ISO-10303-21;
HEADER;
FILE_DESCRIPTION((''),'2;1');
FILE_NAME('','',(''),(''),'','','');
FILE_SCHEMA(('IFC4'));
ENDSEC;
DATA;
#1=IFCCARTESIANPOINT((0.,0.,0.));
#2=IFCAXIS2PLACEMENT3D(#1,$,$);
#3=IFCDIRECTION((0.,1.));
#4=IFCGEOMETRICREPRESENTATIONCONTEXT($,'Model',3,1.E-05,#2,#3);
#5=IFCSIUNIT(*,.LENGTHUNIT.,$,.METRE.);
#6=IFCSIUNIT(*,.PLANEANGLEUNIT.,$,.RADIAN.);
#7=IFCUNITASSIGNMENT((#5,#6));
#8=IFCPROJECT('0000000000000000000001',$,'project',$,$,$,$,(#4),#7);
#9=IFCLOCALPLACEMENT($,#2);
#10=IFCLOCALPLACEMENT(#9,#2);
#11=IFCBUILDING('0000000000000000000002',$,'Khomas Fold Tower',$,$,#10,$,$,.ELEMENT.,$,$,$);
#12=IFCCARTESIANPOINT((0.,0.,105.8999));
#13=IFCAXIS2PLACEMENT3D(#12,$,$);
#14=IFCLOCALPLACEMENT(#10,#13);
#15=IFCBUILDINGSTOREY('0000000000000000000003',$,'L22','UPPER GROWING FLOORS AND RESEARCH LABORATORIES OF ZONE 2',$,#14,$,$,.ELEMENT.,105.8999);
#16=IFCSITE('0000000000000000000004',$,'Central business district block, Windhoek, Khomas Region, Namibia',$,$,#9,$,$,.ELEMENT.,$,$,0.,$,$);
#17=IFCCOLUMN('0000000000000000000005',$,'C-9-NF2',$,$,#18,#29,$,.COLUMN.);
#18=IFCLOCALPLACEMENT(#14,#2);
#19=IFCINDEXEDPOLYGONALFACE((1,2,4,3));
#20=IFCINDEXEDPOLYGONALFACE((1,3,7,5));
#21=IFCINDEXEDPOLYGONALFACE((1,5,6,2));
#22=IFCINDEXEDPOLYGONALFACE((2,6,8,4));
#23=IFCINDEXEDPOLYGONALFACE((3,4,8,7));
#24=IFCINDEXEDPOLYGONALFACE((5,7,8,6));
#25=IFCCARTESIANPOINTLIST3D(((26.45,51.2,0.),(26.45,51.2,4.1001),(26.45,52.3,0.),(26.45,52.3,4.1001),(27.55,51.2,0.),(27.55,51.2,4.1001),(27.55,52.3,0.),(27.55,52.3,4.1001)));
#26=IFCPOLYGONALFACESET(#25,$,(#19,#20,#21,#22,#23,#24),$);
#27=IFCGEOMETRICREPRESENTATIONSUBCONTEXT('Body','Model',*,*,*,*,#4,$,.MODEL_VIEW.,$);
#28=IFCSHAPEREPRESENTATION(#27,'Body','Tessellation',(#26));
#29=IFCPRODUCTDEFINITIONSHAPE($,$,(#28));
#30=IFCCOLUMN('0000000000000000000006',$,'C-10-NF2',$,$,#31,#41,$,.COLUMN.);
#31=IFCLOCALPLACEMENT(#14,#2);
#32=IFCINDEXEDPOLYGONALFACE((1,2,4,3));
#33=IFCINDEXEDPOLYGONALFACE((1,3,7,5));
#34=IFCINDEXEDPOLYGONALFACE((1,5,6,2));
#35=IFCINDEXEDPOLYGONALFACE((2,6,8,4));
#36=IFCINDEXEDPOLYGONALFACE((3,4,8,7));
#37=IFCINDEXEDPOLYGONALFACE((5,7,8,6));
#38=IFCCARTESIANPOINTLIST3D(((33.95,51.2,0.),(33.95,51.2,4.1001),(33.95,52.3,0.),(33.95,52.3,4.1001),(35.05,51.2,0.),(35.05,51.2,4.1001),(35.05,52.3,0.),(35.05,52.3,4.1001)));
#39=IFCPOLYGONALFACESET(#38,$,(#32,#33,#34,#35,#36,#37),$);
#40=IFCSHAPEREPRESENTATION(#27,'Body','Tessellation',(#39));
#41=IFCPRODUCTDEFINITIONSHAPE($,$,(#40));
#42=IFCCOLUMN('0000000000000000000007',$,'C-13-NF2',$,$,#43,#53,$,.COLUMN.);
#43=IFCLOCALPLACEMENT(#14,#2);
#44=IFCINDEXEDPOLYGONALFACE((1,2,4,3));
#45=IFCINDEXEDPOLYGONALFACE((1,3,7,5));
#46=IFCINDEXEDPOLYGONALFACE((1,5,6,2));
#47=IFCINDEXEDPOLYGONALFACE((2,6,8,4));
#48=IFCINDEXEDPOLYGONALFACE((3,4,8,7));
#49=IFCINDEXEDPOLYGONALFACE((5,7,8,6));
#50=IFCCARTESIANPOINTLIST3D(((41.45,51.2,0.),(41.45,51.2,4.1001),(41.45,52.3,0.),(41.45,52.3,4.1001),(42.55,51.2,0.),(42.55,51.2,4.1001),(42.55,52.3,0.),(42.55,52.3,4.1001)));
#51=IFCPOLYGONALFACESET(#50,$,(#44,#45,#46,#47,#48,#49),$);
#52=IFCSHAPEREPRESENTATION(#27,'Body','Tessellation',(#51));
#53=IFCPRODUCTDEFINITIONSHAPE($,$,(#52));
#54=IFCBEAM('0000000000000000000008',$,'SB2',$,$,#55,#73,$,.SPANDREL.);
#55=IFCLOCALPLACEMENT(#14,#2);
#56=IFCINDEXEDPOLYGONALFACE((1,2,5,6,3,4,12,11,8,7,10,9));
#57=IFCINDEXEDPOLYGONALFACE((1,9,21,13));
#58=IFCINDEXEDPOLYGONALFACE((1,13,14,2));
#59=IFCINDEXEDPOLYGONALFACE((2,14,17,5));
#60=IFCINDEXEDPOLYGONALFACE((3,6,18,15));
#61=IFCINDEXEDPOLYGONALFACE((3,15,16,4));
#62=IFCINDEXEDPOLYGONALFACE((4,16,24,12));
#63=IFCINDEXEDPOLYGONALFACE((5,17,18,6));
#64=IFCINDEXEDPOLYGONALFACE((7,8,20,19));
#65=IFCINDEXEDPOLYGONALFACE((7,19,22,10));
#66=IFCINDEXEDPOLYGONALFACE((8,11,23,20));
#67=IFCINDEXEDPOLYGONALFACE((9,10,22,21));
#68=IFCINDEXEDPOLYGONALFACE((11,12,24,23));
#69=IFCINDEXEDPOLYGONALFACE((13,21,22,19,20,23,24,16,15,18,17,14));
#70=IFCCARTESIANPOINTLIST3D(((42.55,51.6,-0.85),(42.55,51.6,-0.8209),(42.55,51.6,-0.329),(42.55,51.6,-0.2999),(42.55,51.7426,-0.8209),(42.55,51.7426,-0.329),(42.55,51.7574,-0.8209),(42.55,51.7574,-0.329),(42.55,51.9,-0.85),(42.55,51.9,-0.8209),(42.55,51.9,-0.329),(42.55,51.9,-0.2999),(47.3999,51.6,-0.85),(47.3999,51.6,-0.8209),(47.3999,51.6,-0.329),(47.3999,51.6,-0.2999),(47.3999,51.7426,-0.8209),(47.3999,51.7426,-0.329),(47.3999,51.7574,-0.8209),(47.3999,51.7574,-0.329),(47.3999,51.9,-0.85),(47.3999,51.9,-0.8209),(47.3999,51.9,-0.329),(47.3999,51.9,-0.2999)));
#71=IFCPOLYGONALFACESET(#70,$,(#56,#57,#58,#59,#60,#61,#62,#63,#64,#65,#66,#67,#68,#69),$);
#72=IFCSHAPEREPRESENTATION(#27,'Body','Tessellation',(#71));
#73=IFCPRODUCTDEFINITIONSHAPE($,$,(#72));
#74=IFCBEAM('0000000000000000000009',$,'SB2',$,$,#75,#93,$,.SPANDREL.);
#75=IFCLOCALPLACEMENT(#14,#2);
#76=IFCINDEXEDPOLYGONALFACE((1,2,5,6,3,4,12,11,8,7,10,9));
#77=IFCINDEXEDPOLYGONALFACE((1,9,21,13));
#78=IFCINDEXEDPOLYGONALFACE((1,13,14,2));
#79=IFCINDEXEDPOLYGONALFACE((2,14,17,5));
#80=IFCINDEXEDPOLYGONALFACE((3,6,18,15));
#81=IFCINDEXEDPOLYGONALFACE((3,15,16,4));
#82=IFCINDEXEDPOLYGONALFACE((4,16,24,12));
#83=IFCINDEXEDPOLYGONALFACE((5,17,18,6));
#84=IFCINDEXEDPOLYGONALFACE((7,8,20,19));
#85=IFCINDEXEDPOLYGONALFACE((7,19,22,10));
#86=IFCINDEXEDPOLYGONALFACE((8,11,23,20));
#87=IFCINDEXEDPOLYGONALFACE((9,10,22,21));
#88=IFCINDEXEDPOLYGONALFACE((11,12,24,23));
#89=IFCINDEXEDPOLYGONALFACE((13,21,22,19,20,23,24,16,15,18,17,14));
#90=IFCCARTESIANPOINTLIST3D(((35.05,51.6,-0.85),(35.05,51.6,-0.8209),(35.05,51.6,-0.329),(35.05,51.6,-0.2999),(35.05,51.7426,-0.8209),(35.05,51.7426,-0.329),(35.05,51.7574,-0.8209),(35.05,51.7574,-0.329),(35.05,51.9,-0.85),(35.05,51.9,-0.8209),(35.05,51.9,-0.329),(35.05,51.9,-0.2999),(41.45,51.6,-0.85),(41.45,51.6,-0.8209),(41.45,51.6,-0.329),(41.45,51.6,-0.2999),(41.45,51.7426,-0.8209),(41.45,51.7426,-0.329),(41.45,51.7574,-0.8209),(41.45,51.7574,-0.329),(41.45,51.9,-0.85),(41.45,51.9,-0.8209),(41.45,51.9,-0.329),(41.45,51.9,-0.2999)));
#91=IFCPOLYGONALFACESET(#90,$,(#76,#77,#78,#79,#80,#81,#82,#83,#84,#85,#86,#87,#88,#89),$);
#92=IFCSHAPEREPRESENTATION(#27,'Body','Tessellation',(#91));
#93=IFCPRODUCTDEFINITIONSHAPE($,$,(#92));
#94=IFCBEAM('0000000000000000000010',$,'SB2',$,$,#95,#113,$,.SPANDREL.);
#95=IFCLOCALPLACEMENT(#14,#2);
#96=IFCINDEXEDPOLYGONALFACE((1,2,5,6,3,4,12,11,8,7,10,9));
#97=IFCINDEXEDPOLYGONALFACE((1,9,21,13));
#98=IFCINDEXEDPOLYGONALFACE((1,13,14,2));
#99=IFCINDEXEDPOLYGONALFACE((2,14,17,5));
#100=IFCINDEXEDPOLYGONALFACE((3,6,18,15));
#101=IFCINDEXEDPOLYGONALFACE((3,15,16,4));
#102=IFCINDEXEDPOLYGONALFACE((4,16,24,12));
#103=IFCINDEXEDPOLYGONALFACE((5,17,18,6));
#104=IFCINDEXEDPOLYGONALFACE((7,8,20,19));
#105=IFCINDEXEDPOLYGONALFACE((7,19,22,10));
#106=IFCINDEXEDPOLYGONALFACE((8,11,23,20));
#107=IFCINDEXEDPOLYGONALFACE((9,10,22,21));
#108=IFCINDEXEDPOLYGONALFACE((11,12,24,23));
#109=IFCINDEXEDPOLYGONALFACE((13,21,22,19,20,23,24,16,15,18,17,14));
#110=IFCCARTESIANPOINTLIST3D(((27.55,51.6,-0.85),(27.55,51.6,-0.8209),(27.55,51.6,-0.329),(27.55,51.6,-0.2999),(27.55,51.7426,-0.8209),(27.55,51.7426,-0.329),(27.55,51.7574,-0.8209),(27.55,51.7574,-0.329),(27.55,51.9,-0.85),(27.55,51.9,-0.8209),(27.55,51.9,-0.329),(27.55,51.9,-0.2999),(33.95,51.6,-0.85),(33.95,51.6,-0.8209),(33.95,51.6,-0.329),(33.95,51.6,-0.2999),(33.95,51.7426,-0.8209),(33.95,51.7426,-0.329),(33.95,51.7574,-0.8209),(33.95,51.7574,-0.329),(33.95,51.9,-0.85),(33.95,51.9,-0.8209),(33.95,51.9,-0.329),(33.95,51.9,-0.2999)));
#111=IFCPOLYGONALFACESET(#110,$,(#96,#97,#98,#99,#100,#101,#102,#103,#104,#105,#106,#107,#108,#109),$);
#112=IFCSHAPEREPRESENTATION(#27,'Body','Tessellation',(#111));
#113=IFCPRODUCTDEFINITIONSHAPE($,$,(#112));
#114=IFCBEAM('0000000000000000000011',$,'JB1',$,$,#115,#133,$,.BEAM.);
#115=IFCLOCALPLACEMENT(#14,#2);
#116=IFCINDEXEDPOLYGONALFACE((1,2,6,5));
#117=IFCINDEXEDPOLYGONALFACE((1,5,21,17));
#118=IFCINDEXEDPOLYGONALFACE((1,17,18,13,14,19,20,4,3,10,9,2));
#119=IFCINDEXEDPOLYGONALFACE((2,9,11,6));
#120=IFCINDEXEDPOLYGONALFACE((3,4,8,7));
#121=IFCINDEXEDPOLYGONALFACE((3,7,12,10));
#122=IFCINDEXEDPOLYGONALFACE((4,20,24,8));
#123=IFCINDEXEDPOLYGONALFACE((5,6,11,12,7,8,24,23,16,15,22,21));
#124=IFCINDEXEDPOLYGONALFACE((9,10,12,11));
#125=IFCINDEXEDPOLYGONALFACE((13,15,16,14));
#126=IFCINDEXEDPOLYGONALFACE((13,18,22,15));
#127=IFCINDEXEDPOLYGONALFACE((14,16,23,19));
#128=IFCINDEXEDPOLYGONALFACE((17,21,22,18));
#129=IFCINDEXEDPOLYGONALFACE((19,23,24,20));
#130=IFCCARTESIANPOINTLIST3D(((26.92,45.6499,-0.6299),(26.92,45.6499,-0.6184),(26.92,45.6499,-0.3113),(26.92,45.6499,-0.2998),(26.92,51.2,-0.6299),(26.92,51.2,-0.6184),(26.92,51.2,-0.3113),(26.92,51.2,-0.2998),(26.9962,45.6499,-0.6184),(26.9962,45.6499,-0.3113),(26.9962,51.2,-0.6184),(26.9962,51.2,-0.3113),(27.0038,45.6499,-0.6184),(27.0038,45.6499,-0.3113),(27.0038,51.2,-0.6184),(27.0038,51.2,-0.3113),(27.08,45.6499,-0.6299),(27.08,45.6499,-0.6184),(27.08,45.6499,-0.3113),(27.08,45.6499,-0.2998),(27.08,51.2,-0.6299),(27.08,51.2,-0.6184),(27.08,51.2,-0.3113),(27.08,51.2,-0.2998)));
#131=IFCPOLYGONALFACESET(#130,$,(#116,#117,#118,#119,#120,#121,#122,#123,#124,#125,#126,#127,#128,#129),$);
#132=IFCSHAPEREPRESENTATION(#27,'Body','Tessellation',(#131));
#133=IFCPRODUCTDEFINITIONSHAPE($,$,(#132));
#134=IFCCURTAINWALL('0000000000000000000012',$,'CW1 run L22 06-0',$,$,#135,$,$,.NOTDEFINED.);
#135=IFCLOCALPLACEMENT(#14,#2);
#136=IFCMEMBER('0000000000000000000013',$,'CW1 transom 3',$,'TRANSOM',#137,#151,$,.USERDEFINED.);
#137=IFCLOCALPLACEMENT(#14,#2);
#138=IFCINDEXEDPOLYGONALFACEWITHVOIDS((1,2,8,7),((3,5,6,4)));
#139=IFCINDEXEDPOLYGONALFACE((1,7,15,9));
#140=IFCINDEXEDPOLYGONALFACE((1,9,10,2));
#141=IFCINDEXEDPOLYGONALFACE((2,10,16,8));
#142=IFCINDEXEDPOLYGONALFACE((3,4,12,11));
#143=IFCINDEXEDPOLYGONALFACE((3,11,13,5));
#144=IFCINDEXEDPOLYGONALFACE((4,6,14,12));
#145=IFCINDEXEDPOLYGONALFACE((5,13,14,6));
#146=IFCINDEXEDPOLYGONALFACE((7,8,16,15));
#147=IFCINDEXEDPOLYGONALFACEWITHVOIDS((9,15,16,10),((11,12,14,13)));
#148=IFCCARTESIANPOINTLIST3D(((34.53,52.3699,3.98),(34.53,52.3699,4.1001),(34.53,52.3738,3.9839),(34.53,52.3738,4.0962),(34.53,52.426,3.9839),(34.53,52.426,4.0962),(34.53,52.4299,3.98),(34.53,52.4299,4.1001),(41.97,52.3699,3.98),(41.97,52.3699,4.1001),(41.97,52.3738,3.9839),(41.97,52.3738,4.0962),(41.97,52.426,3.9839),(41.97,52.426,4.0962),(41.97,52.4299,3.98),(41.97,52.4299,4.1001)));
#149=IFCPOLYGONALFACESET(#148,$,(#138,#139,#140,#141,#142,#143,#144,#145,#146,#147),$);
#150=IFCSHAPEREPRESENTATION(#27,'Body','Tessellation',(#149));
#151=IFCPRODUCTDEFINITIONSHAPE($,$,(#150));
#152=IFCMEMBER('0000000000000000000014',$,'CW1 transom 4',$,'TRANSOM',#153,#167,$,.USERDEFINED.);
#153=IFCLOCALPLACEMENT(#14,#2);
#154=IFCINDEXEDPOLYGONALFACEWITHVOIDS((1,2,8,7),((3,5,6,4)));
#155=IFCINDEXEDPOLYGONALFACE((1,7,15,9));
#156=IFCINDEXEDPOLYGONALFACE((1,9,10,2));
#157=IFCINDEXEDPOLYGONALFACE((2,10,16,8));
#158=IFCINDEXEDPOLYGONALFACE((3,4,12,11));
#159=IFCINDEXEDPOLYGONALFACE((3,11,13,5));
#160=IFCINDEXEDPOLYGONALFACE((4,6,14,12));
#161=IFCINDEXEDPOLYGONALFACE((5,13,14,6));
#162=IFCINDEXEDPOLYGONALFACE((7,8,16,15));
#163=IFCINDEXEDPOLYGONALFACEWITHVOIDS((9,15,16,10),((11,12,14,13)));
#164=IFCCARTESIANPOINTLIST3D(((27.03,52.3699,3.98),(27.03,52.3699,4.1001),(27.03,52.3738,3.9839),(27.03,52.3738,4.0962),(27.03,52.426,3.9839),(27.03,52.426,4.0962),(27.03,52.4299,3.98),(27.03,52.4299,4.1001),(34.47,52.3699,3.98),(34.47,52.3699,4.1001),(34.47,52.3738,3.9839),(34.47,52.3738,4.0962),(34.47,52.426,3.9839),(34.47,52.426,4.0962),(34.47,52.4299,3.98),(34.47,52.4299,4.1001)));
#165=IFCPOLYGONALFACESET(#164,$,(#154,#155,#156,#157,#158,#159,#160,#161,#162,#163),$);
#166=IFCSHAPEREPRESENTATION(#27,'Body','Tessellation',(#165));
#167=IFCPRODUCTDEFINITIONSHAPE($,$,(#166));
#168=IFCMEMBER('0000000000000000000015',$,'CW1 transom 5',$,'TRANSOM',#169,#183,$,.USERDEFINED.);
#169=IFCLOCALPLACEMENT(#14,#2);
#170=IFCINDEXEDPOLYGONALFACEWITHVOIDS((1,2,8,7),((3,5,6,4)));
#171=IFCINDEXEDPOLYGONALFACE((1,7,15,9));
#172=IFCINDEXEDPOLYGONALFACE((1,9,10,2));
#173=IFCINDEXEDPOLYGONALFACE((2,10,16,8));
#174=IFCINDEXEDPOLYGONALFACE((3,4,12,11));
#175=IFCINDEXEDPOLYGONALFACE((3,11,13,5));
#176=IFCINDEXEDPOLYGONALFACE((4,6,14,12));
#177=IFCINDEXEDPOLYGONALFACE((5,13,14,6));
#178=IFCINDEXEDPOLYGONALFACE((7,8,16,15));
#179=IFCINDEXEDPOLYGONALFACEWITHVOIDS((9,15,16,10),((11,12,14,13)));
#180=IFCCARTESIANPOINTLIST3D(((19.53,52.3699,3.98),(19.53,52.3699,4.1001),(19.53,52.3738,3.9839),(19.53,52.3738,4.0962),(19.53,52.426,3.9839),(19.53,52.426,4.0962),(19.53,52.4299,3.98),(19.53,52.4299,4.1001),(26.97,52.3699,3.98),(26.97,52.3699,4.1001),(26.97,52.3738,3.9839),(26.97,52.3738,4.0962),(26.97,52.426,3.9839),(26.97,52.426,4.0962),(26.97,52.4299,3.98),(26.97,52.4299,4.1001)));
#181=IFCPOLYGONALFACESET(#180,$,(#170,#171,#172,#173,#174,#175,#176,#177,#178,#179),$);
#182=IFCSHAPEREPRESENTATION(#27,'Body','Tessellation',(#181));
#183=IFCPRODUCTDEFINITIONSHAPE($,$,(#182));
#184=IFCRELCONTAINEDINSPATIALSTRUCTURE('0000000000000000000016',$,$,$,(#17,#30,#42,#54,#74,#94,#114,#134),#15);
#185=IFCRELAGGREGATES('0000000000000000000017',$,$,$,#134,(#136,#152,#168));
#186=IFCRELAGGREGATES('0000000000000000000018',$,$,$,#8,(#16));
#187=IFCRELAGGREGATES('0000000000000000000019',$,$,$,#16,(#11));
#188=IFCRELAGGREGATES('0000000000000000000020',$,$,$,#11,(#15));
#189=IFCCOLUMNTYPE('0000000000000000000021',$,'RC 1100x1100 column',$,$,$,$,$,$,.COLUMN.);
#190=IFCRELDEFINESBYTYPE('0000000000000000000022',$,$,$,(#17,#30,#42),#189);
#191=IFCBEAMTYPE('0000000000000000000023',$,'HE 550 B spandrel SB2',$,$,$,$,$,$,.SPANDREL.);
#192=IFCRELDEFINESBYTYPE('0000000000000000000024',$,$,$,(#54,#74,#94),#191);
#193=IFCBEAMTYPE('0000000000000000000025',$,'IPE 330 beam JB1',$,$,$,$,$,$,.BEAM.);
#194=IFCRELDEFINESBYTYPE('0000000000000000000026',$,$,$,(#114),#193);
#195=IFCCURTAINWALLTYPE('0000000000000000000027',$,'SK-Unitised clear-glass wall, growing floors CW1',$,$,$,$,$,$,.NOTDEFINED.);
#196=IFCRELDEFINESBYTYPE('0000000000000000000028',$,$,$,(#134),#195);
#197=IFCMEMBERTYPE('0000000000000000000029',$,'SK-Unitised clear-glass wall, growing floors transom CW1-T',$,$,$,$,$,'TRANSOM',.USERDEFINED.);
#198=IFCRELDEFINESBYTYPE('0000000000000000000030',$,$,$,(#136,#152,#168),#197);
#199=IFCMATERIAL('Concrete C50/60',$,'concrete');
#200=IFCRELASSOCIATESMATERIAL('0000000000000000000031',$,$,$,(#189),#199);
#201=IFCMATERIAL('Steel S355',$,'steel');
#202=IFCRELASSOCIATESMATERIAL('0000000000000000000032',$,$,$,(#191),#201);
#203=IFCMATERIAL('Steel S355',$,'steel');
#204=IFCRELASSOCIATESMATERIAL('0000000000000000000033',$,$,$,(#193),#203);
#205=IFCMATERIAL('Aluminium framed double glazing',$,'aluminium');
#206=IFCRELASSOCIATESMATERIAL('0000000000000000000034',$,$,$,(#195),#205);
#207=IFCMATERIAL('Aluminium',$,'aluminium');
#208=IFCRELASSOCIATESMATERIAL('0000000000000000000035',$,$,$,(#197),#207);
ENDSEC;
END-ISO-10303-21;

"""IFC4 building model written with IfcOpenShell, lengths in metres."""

from ifc_helpers import new_model, si_unit, direction, frame, origin, origin_2d, place, context, subcontext, project, spatial, rectangle, hollow_rectangle, i_section, extrude, source, transform, mapped, material, material_profile, profile_set, type_object, element, aggregate, save


model = new_model("IFC4")

# Units and contexts
model_context = context("Model", 3, precision=1e-05, world=origin(), true_north=direction((0.0, 1.0)))
body_context = subcontext(model_context, "Body", "Model", "MODEL_VIEW")
ifc_project = project(units=[si_unit("LENGTHUNIT", "METRE"), si_unit("PLANEANGLEUNIT", "RADIAN")], contexts=[model_context])

# Site, building, storey
site_placement = place(None, origin())
site = spatial("IfcSite", under=ifc_project, at=site_placement, Name="Central business district block, Windhoek, Khomas Region, Namibia", CompositionType="ELEMENT", RefElevation=0.0)
building_placement = place(site_placement, origin())
building = spatial("IfcBuilding", under=site, at=building_placement, Name="Khomas Fold Tower", CompositionType="ELEMENT")
storey_placement = place(building_placement, frame((0.0, 0.0, 105.8999)))
storey = spatial("IfcBuildingStorey", under=building, at=storey_placement, Name="L22", Description="UPPER GROWING FLOORS AND RESEARCH LABORATORIES OF ZONE 2", CompositionType="ELEMENT", Elevation=105.8999)

# Columns
ifc_material_1 = material(Name="Concrete C50/60", Category="concrete")
ifc_material_profile_1 = material_profile(ifc_material_1, rectangle(XDim=1.1001, YDim=1.1001, at=origin_2d()), Name="RC 1100x1100")
ifc_profile_set_1 = profile_set([ifc_material_profile_1], Name="Concrete C50/60")
column_type = type_object("IfcColumnType", Name="RC 1100x1100 column", PredefinedType="COLUMN", material=ifc_profile_set_1)
shared_shape_1 = source(origin(), body_context, "Body", "SweptSolid", [
    extrude(rectangle(XDim=1.1001, YDim=1.1001, at=origin_2d()), origin(), (0.0, 0.0, 1.0), 4.1001),
])
for number, where, z_axis, x_axis, name in (
    (1, (27.0, 51.75, 0.0), (0.0, 0.0, 1.0), (1.0, 0.0, 0.0), "C-9-NF2"),
    (2, (34.5, 51.75, 0.0), (0.0, 0.0, 1.0), (1.0, 0.0, 0.0), "C-10-NF2"),
    (3, (42.0, 51.75, 0.0), (0.0, 0.0, 1.0), (1.0, 0.0, 0.0), "C-13-NF2"),
):
    element("IfcColumn", number, at=place(storey_placement, frame(where, z_axis=z_axis, x_axis=x_axis)), inside=storey, type_object=column_type, Name=name, PredefinedType="COLUMN", context=body_context, shape_type="MappedRepresentation", body=[
        mapped(shared_shape_1, transform((0.0, 0.0, 0.0))),
    ])

# Beams
ifc_material_2 = material(Name="Steel S355", Category="steel")
ifc_material_profile_2 = material_profile(ifc_material_2, i_section(OverallWidth=0.3, OverallDepth=0.55, WebThickness=0.0149, FlangeThickness=0.0291, at=origin_2d()), Name="HE 550 B")
ifc_profile_set_2 = profile_set([ifc_material_profile_2], Name="Steel S355")
beam_type_1 = type_object("IfcBeamType", Name="HE 550 B spandrel SB2", PredefinedType="SPANDREL", material=ifc_profile_set_2)
shared_shape_2 = source(origin(), body_context, "Body", "SweptSolid", [
    extrude(i_section(OverallWidth=0.3, OverallDepth=0.55, WebThickness=0.0149, FlangeThickness=0.0291, at=origin_2d()), origin(), (0.0, 0.0, 1.0), 4.8499),
])
beam_1_placement = place(storey_placement, frame((42.55, 51.75, -0.575), z_axis=(1.0, 0.0, 0.0), x_axis=(0.0, 1.0, 0.0)))
element("IfcBeam", 4, at=beam_1_placement, inside=storey, type_object=beam_type_1, Name="SB2", PredefinedType="SPANDREL", context=body_context, shape_type="MappedRepresentation", body=[
    mapped(shared_shape_2, transform((0.0, 0.0, 0.0))),
])
shared_shape_3 = source(origin(), body_context, "Body", "SweptSolid", [
    extrude(i_section(OverallWidth=0.3, OverallDepth=0.55, WebThickness=0.0149, FlangeThickness=0.0291, at=origin_2d()), origin(), (0.0, 0.0, 1.0), 6.3999),
])
for number, where, z_axis, x_axis, name in (
    (5, (35.05, 51.75, -0.575), (1.0, 0.0, 0.0), (0.0, 1.0, 0.0), "SB2"),
    (6, (27.55, 51.75, -0.575), (1.0, 0.0, 0.0), (0.0, 1.0, 0.0), "SB2"),
):
    element("IfcBeam", number, at=place(storey_placement, frame(where, z_axis=z_axis, x_axis=x_axis)), inside=storey, type_object=beam_type_1, Name=name, PredefinedType="SPANDREL", context=body_context, shape_type="MappedRepresentation", body=[
        mapped(shared_shape_3, transform((0.0, 0.0, 0.0))),
    ])
ifc_material_3 = material(Name="Steel S355", Category="steel")
ifc_material_profile_3 = material_profile(ifc_material_3, i_section(OverallWidth=0.1599, OverallDepth=0.3301, WebThickness=0.0076, FlangeThickness=0.0115, at=origin_2d()), Name="IPE 330")
ifc_profile_set_3 = profile_set([ifc_material_profile_3], Name="Steel S355")
beam_type_2 = type_object("IfcBeamType", Name="IPE 330 beam JB1", PredefinedType="BEAM", material=ifc_profile_set_3)
shared_shape_4 = source(origin(), body_context, "Body", "SweptSolid", [
    extrude(i_section(OverallWidth=0.1599, OverallDepth=0.3301, WebThickness=0.0076, FlangeThickness=0.0115, at=origin_2d()), origin(), (0.0, 0.0, 1.0), 5.55),
])
beam_2_placement = place(storey_placement, frame((27.0, 45.6499, -0.4648), z_axis=(0.0, 1.0, 0.0), x_axis=(-1.0, 0.0, 0.0)))
element("IfcBeam", 7, at=beam_2_placement, inside=storey, type_object=beam_type_2, Name="JB1", PredefinedType="BEAM", context=body_context, shape_type="MappedRepresentation", body=[
    mapped(shared_shape_4, transform((0.0, 0.0, 0.0))),
])

# Curtain wall, members
ifc_material_4 = material(Name="Aluminium framed double glazing", Category="aluminium")
curtain_wall_type = type_object("IfcCurtainWallType", Name="SK-Unitised clear-glass wall, growing floors CW1", PredefinedType="NOTDEFINED", material=ifc_material_4)
curtain_wall_placement = place(storey_placement, origin())
curtain_wall = element("IfcCurtainWall", 8, at=curtain_wall_placement, inside=storey, type_object=curtain_wall_type, Name="CW1 run L22 06-0", PredefinedType="NOTDEFINED")
ifc_material_5 = material(Name="Aluminium", Category="aluminium")
ifc_material_profile_4 = material_profile(ifc_material_5, hollow_rectangle(XDim=0.0601, YDim=0.1201, WallThickness=0.0039, at=origin_2d()), Name="SK-Unitised clear-glass wall, growing floors transom CW1-T")
ifc_profile_set_4 = profile_set([ifc_material_profile_4], Name="Aluminium")
member_type_1 = type_object("IfcMemberType", Name="SK-Unitised clear-glass wall, growing floors transom CW1-T", ElementType="TRANSOM", PredefinedType="USERDEFINED", material=ifc_profile_set_4)
shared_shape_5 = source(origin(), body_context, "Body", "SweptSolid", [
    extrude(hollow_rectangle(XDim=0.0601, YDim=0.1201, WallThickness=0.0039, at=origin_2d()), origin(), (0.0, 0.0, 1.0), 7.4399),
])
member_1_placement = place(storey_placement, frame((41.97, 52.3999, 4.04), z_axis=(-1.0, 0.0, 0.0), x_axis=(0.0, -1.0, 0.0)))
member_1 = element("IfcMember", 9, at=member_1_placement, type_object=member_type_1, Name="CW1 transom 3", ObjectType="TRANSOM", PredefinedType="USERDEFINED", context=body_context, shape_type="MappedRepresentation", body=[
    mapped(shared_shape_5, transform((0.0, 0.0, 0.0))),
])
member_2_placement = place(storey_placement, frame((34.47, 52.3999, 4.04), z_axis=(-1.0, 0.0, 0.0), x_axis=(0.0, -1.0, 0.0)))
member_2 = element("IfcMember", 10, at=member_2_placement, type_object=member_type_1, Name="CW1 transom 4", ObjectType="TRANSOM", PredefinedType="USERDEFINED", context=body_context, shape_type="MappedRepresentation", body=[
    mapped(shared_shape_5, transform((0.0, 0.0, 0.0))),
])
member_3_placement = place(storey_placement, frame((26.97, 52.3999, 4.04), z_axis=(-1.0, 0.0, 0.0), x_axis=(0.0, -1.0, 0.0)))
member_3 = element("IfcMember", 11, at=member_3_placement, type_object=member_type_1, Name="CW1 transom 5", ObjectType="TRANSOM", PredefinedType="USERDEFINED", context=body_context, shape_type="MappedRepresentation", body=[
    mapped(shared_shape_5, transform((0.0, 0.0, 0.0))),
])
aggregate(curtain_wall, [member_1, member_2, member_3])

save(model, "model.ifc")
